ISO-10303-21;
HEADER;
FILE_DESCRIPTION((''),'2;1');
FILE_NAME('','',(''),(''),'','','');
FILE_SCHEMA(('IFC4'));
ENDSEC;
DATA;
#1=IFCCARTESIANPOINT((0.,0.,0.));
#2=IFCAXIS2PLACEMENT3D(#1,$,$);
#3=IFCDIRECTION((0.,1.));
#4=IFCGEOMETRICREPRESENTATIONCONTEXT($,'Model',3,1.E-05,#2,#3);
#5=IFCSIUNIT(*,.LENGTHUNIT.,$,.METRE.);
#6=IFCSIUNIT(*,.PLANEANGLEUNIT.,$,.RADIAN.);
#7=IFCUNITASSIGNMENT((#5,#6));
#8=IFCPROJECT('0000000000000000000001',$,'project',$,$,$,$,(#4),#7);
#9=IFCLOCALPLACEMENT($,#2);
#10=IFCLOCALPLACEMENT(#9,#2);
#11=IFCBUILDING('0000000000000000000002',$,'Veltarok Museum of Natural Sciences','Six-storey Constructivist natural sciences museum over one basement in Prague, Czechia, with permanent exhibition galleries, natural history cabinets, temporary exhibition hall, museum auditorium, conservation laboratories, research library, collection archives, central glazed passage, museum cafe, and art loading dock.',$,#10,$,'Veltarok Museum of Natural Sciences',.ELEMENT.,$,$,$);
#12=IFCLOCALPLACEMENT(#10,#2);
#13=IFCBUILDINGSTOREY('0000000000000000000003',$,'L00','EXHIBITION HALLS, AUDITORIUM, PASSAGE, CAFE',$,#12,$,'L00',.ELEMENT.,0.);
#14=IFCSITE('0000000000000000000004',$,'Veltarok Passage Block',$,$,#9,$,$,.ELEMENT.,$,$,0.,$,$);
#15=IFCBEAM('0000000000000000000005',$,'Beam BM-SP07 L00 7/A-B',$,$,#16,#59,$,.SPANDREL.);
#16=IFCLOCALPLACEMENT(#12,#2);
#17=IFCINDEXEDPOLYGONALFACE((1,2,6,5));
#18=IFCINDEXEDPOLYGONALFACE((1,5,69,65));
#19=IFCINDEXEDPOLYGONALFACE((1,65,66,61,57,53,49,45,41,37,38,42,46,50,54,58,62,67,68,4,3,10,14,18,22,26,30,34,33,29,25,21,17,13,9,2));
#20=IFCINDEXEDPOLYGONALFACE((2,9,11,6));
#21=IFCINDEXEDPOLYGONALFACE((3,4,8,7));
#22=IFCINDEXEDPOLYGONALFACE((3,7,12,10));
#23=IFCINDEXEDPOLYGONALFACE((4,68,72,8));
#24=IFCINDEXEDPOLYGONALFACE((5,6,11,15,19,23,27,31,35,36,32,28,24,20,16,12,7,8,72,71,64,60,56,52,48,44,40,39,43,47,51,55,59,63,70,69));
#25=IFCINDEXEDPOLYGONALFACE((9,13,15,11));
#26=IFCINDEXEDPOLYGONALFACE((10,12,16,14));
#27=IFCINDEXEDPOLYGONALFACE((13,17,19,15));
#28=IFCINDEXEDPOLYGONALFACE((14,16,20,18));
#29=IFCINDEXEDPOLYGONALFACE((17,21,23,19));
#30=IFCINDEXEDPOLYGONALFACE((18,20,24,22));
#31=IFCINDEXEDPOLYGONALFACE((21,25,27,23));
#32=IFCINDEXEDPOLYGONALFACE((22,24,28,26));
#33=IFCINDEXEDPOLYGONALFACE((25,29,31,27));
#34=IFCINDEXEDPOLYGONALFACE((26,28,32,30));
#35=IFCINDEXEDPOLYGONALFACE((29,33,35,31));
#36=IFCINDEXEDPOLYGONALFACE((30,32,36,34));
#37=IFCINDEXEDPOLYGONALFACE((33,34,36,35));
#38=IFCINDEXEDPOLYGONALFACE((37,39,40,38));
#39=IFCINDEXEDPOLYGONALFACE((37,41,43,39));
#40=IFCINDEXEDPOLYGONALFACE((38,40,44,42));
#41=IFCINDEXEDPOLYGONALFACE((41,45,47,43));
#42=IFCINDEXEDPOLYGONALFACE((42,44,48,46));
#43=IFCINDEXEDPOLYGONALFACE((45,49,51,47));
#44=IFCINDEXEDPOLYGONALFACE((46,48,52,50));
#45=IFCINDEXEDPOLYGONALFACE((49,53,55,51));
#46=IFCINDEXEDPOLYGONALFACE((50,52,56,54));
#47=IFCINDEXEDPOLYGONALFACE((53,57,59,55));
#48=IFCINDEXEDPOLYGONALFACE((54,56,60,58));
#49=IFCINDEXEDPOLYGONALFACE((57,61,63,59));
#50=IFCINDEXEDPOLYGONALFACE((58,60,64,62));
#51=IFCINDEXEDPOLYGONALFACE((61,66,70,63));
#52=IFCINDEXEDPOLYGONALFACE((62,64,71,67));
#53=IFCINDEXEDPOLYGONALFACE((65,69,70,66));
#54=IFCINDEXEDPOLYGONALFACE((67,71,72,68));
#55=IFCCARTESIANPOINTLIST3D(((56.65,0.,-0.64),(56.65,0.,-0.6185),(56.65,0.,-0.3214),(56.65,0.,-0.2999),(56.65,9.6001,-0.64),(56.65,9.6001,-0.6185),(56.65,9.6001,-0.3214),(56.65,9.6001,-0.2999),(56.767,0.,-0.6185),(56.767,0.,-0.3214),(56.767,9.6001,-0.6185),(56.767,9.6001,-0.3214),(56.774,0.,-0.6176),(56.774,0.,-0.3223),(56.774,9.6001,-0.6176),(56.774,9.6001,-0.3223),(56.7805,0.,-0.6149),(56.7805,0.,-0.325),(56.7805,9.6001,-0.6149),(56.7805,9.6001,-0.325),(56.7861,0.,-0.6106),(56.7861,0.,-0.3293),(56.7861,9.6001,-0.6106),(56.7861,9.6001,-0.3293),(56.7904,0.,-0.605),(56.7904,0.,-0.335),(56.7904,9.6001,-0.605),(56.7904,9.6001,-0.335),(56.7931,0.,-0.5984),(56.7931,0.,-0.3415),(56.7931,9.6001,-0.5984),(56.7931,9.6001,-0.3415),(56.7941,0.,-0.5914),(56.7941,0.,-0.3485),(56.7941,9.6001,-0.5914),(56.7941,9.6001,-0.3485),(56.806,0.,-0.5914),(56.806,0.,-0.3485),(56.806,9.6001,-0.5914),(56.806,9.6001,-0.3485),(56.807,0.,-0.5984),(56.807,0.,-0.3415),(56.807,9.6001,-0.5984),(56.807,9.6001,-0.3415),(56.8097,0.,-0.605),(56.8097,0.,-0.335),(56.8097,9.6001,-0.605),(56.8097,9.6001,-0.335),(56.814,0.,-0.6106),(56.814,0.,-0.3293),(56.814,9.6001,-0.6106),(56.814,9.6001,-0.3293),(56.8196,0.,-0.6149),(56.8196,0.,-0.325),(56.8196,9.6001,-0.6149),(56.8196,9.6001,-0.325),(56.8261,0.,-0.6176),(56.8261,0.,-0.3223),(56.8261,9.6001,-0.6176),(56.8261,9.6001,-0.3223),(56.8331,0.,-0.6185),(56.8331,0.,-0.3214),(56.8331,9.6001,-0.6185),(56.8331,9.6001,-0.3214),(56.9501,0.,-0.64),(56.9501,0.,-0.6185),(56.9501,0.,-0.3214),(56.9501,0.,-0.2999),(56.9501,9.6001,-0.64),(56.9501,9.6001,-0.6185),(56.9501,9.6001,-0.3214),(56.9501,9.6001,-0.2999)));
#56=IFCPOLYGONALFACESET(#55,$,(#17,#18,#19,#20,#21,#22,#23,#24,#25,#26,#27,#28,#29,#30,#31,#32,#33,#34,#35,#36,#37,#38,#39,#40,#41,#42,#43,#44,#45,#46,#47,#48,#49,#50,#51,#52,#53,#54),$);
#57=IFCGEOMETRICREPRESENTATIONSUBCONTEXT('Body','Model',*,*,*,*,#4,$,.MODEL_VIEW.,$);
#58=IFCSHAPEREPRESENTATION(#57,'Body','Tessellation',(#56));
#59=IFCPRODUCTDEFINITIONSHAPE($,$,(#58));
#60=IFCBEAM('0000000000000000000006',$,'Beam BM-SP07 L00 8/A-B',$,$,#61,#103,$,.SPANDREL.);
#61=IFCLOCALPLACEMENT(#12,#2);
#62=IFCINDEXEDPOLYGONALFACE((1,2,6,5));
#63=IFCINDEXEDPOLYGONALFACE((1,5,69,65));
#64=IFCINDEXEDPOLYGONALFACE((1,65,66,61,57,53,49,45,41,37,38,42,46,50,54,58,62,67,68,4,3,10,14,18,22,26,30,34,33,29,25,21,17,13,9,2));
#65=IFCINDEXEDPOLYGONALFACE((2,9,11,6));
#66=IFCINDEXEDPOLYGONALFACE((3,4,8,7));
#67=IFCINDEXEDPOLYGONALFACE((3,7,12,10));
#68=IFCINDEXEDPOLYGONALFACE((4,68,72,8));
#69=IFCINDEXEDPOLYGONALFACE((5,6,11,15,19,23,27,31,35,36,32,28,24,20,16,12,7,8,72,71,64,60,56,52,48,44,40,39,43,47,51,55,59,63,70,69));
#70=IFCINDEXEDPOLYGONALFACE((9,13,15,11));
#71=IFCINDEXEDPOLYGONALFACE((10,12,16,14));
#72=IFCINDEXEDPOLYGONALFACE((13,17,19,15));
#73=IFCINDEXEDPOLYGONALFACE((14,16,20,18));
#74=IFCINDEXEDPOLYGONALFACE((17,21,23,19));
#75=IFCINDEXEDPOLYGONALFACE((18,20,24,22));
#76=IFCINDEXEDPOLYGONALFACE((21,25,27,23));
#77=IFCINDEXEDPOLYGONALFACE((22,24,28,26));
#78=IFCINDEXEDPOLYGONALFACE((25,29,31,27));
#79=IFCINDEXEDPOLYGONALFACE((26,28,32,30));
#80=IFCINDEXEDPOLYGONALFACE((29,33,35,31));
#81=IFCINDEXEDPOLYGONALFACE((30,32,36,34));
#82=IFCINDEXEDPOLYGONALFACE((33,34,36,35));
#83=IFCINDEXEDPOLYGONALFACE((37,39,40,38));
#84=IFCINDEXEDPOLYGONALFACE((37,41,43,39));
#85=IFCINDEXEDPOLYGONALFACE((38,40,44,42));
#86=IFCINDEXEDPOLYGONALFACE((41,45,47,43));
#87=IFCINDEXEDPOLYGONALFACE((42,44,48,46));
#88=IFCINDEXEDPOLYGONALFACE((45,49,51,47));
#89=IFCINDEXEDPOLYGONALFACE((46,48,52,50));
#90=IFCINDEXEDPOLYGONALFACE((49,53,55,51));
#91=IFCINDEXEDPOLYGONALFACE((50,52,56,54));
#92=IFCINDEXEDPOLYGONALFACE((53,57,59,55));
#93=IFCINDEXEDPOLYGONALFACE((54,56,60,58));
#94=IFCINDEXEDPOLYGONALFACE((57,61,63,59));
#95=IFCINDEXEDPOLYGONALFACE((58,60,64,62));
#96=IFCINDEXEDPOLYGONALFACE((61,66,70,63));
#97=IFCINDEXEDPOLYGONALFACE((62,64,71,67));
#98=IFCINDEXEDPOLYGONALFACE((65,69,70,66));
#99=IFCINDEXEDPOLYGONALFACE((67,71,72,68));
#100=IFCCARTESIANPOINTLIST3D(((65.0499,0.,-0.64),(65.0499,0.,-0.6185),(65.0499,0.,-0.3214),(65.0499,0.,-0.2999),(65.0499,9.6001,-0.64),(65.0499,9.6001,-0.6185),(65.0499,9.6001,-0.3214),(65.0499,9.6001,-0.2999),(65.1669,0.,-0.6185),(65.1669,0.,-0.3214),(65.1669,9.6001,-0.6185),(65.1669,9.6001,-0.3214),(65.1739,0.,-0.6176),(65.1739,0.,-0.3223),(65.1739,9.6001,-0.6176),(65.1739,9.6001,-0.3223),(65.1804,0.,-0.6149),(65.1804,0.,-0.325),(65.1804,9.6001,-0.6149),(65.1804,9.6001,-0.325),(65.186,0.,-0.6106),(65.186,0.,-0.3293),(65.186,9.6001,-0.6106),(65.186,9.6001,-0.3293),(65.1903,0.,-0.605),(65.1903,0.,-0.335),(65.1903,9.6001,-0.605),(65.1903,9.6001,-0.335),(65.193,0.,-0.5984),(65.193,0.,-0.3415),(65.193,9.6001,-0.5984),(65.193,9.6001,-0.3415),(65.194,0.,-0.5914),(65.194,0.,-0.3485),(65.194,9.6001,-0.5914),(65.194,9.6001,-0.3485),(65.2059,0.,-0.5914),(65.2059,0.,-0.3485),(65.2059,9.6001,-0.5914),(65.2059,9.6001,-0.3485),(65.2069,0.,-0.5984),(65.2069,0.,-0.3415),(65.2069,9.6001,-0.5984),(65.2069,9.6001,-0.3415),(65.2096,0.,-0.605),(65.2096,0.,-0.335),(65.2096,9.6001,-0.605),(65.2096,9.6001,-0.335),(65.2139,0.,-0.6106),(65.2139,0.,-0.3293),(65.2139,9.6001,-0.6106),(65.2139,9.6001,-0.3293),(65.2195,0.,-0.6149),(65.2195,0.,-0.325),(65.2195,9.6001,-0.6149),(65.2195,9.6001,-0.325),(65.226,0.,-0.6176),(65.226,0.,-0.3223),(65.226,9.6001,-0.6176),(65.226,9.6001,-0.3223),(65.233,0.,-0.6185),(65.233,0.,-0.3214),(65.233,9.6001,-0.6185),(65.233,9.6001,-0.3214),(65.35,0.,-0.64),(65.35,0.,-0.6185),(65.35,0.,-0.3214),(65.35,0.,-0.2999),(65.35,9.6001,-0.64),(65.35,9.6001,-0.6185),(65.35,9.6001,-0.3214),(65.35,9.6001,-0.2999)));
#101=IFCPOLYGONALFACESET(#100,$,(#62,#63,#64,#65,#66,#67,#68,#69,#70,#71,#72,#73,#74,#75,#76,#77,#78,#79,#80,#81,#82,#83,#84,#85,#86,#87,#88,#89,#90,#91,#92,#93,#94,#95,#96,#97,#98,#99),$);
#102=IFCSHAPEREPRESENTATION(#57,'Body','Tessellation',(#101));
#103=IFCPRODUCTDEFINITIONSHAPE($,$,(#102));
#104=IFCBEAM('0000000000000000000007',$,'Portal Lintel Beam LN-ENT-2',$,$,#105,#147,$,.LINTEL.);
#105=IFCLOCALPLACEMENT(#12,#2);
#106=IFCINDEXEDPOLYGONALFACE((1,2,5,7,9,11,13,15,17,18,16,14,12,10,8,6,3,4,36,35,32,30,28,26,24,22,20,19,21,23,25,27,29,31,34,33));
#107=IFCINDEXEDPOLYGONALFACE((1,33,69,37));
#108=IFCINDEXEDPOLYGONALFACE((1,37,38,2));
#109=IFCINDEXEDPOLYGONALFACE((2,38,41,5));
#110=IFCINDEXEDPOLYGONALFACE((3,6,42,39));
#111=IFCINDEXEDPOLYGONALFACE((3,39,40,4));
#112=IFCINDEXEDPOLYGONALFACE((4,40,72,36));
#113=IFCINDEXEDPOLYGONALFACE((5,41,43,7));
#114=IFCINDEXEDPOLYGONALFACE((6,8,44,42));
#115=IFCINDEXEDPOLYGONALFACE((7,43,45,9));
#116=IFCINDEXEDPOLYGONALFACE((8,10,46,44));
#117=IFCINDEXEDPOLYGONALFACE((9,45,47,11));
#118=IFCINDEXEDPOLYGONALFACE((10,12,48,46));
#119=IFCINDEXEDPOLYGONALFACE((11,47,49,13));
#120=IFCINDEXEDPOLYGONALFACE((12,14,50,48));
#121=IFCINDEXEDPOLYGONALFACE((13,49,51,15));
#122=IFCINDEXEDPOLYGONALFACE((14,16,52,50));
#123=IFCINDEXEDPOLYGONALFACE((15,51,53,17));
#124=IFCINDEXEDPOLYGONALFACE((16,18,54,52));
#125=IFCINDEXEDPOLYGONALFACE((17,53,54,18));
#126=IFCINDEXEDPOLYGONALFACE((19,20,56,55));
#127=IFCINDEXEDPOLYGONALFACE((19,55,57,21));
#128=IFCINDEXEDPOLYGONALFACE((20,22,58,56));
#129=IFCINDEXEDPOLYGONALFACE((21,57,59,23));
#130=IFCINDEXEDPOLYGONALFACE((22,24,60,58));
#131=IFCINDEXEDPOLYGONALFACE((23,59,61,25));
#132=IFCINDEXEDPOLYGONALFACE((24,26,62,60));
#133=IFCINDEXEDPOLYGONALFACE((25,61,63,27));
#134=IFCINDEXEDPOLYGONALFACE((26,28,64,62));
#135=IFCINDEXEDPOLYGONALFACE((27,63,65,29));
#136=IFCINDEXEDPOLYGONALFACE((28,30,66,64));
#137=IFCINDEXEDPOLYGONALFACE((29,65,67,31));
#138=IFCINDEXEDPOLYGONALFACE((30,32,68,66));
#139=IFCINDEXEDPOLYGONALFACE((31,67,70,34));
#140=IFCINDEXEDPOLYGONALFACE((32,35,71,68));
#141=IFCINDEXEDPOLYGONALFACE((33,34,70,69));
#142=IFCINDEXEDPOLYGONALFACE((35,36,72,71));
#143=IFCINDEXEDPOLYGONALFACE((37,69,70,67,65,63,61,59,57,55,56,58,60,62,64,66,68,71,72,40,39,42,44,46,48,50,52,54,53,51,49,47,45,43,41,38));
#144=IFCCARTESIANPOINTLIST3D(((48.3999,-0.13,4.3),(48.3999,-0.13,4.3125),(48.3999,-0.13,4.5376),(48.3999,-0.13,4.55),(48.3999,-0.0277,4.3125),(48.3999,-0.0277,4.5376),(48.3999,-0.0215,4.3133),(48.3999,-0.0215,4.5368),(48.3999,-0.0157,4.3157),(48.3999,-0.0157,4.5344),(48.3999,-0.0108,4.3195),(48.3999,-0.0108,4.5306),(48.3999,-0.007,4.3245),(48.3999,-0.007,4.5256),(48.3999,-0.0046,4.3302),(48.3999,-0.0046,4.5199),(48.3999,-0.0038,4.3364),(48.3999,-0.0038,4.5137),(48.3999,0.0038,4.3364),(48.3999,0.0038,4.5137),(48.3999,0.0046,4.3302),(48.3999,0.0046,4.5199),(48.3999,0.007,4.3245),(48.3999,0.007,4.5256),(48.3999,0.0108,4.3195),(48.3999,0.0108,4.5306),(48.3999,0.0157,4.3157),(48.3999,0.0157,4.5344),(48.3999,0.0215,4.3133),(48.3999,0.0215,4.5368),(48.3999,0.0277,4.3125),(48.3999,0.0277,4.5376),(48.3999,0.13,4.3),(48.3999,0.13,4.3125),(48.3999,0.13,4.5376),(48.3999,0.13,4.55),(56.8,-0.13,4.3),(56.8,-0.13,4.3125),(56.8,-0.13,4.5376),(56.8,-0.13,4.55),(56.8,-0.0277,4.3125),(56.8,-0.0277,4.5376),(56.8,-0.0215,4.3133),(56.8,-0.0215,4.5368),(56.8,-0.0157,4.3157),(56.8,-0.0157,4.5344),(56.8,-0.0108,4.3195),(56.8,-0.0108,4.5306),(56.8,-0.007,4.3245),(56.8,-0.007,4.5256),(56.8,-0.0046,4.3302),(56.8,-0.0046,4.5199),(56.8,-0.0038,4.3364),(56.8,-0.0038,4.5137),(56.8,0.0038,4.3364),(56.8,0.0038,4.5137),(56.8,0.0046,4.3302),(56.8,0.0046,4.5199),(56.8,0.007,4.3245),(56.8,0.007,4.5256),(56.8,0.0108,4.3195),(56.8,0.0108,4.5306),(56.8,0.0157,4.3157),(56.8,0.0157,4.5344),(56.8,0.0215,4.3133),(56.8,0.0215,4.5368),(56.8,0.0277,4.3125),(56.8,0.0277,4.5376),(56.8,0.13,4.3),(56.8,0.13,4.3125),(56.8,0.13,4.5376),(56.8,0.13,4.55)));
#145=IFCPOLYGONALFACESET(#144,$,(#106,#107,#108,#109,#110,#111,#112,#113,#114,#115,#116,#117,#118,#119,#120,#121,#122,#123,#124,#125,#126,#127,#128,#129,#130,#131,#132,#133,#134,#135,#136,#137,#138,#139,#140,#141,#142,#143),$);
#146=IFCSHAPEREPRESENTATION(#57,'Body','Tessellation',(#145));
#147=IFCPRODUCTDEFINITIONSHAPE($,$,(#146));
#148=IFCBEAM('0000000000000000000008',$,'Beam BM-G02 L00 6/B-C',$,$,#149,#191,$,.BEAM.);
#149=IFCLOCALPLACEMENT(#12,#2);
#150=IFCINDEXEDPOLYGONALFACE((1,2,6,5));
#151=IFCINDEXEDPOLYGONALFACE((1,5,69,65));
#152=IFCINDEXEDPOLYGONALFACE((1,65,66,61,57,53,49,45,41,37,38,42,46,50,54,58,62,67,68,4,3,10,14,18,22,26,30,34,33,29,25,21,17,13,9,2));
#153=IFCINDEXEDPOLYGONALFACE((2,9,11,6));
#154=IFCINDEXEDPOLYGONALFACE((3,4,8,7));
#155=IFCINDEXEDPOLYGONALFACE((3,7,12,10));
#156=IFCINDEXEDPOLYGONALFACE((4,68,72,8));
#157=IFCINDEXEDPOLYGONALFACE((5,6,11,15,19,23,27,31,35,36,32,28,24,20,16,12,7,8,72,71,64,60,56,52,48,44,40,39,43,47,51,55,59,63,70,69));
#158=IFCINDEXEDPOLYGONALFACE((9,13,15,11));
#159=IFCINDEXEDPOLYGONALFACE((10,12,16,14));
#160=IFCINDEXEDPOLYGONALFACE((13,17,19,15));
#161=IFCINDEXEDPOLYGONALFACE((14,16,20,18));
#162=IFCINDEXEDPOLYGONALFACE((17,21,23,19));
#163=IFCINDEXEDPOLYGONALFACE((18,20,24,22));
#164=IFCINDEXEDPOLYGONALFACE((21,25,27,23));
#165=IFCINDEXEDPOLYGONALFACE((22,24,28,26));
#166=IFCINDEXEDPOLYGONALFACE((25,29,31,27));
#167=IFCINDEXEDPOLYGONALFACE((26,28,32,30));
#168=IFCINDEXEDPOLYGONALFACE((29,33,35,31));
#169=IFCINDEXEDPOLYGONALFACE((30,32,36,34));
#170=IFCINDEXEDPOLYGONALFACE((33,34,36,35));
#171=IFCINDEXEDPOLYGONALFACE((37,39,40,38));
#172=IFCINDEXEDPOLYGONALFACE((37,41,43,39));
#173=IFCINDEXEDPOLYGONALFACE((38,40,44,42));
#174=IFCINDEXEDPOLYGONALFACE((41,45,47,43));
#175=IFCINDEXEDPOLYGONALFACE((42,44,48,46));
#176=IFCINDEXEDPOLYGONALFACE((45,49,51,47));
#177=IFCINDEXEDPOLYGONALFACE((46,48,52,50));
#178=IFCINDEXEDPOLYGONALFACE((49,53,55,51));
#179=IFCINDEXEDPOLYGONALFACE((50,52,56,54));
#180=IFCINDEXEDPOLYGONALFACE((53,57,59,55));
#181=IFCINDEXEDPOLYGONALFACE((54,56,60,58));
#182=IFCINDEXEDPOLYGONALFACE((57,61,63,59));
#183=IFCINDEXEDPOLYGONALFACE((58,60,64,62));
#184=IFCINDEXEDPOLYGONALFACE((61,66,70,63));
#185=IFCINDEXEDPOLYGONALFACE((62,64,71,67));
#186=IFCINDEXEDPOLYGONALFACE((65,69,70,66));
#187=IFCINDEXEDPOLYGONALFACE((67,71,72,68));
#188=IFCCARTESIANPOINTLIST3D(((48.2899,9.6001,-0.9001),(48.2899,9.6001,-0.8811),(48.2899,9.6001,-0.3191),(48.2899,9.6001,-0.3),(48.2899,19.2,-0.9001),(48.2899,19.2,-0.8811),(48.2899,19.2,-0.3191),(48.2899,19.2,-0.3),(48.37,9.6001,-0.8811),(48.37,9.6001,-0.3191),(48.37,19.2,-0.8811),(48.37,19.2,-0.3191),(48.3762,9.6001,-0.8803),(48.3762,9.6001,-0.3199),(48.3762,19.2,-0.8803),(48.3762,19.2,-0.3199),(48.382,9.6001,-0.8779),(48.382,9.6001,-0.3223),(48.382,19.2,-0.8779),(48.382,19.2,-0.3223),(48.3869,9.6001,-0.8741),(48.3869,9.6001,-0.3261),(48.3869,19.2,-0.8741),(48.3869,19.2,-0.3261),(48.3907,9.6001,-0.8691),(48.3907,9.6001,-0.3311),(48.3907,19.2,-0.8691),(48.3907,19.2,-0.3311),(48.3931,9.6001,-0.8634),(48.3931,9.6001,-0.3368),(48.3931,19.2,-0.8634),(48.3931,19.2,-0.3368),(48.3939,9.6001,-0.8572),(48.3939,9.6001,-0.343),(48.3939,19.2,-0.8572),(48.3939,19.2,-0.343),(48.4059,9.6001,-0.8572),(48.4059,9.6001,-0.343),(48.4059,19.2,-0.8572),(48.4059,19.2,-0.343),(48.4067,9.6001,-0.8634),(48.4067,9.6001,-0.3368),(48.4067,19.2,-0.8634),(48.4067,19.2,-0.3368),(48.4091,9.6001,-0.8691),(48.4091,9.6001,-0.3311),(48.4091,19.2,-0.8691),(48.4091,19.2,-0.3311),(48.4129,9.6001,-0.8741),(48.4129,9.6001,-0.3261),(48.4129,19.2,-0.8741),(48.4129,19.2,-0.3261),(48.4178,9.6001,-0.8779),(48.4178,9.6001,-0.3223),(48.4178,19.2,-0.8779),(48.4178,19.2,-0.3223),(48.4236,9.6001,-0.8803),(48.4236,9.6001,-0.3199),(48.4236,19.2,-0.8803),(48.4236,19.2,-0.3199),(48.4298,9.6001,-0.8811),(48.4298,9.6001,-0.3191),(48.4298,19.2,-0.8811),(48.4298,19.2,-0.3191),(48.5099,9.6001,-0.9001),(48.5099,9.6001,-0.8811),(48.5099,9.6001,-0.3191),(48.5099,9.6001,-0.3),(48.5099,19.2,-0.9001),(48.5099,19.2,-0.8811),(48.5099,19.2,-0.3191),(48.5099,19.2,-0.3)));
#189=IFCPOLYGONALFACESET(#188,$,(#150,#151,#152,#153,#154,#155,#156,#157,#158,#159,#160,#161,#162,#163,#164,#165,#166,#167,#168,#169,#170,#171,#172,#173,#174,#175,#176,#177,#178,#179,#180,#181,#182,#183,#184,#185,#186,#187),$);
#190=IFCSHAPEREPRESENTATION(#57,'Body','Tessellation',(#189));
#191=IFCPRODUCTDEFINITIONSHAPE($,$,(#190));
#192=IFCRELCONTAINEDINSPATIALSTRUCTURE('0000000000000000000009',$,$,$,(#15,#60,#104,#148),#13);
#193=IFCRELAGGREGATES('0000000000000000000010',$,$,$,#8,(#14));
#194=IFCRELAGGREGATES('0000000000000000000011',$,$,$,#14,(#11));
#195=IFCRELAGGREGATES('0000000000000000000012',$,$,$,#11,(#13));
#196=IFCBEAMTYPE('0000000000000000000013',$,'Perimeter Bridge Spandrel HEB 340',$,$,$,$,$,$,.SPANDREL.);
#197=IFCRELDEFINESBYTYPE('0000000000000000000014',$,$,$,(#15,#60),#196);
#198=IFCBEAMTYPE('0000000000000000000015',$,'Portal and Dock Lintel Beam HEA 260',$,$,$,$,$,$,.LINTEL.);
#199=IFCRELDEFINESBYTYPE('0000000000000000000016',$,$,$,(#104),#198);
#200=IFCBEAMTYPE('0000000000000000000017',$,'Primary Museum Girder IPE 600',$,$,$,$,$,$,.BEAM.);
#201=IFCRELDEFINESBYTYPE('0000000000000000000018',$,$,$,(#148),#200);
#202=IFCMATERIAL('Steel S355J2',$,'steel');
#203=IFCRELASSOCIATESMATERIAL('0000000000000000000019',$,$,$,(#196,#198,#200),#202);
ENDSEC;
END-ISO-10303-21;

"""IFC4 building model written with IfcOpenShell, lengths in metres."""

from ifc_helpers import new_model, si_unit, direction, frame, origin, origin_2d, place, context, subcontext, project, spatial, i_section, extrude, material, material_profile, profile_set, type_object, element, save


model = new_model("IFC4")

# Units and contexts
model_context = context("Model", 3, precision=1e-05, world=origin(), true_north=direction((0.0, 1.0)))
body_context = subcontext(model_context, "Body", "Model", "MODEL_VIEW")
ifc_project = project(units=[si_unit("LENGTHUNIT", "METRE"), si_unit("PLANEANGLEUNIT", "RADIAN")], contexts=[model_context])

# Site, building, storey
site_placement = place(None, origin())
site = spatial("IfcSite", under=ifc_project, at=site_placement, Name="Veltarok Passage Block", CompositionType="ELEMENT", RefElevation=0.0)
building_placement = place(site_placement, origin())
building = spatial("IfcBuilding", under=site, at=building_placement, Name="Veltarok Museum of Natural Sciences", Description="Six-storey Constructivist natural sciences museum over one basement in Prague, Czechia, with permanent exhibition galleries, natural history cabinets, temporary exhibition hall, museum auditorium, conservation laboratories, research library, collection archives, central glazed passage, museum cafe, and art loading dock.", LongName="Veltarok Museum of Natural Sciences", CompositionType="ELEMENT")
storey_placement = place(building_placement, origin())
storey = spatial("IfcBuildingStorey", under=building, at=storey_placement, Name="L00", Description="EXHIBITION HALLS, AUDITORIUM, PASSAGE, CAFE", LongName="L00", CompositionType="ELEMENT", Elevation=0.0)

# Shared definitions
ifc_material_1 = material(Name="Steel S355J2", Category="steel")

# Beams
ifc_material_profile_1 = material_profile(ifc_material_1, i_section(OverallWidth=0.3, OverallDepth=0.3401, WebThickness=0.012, FlangeThickness=0.0215, FilletRadius=0.0271, at=origin_2d()), Name="HEB 340")
ifc_profile_set_1 = profile_set([ifc_material_profile_1], Name="Steel S355J2")
beam_type_1 = type_object("IfcBeamType", Name="Perimeter Bridge Spandrel HEB 340", PredefinedType="SPANDREL", material=ifc_profile_set_1)
for number, where, z_axis, x_axis, name in (
    (1, (56.8, 0.0, -0.47), (0.0, 1.0, 0.0), (-1.0, 0.0, 0.0), "Beam BM-SP07 L00 7/A-B"),
    (2, (65.2, 0.0, -0.47), (0.0, 1.0, 0.0), (-1.0, 0.0, 0.0), "Beam BM-SP07 L00 8/A-B"),
):
    element("IfcBeam", number, at=place(storey_placement, frame(where, z_axis=z_axis, x_axis=x_axis)), inside=storey, type_object=beam_type_1, Name=name, PredefinedType="SPANDREL", context=body_context, shape_type="SweptSolid", body=[
        extrude(i_section(OverallWidth=0.3, OverallDepth=0.3401, WebThickness=0.012, FlangeThickness=0.0215, FilletRadius=0.0271, at=origin_2d()), origin(), (0.0, 0.0, 1.0), 9.6001),
    ])
ifc_material_profile_2 = material_profile(ifc_material_1, i_section(OverallWidth=0.26, OverallDepth=0.25, WebThickness=0.0076, FlangeThickness=0.0125, FilletRadius=0.0239, at=origin_2d()), Name="HEA 260")
ifc_profile_set_2 = profile_set([ifc_material_profile_2], Name="Steel S355J2")
beam_type_2 = type_object("IfcBeamType", Name="Portal and Dock Lintel Beam HEA 260", PredefinedType="LINTEL", material=ifc_profile_set_2)
beam_1_placement = place(storey_placement, frame((48.3999, 0.0, 4.425), z_axis=(1.0, 0.0, 0.0), x_axis=(0.0, 1.0, 0.0)))
element("IfcBeam", 3, at=beam_1_placement, inside=storey, type_object=beam_type_2, Name="Portal Lintel Beam LN-ENT-2", PredefinedType="LINTEL", context=body_context, shape_type="SweptSolid", body=[
    extrude(i_section(OverallWidth=0.26, OverallDepth=0.25, WebThickness=0.0076, FlangeThickness=0.0125, FilletRadius=0.0239, at=origin_2d()), origin(), (0.0, 0.0, 1.0), 8.4001),
])
ifc_material_profile_3 = material_profile(ifc_material_1, i_section(OverallWidth=0.22, OverallDepth=0.6001, WebThickness=0.012, FlangeThickness=0.019, FilletRadius=0.0239, at=origin_2d()), Name="IPE 600")
ifc_profile_set_3 = profile_set([ifc_material_profile_3], Name="Steel S355J2")
beam_type_3 = type_object("IfcBeamType", Name="Primary Museum Girder IPE 600", PredefinedType="BEAM", material=ifc_profile_set_3)
for number, where, z_axis, x_axis, name in (
    (4, (48.3999, 9.6001, -0.6001), (0.0, 1.0, 0.0), (-1.0, 0.0, 0.0), "Beam BM-G02 L00 6/B-C"),
):
    element("IfcBeam", number, at=place(storey_placement, frame(where, z_axis=z_axis, x_axis=x_axis)), inside=storey, type_object=beam_type_3, Name=name, PredefinedType="BEAM", context=body_context, shape_type="SweptSolid", body=[
        extrude(i_section(OverallWidth=0.22, OverallDepth=0.6001, WebThickness=0.012, FlangeThickness=0.019, FilletRadius=0.0239, at=origin_2d()), origin(), (0.0, 0.0, 1.0), 9.5999),
    ])

save(model, "model.ifc")
